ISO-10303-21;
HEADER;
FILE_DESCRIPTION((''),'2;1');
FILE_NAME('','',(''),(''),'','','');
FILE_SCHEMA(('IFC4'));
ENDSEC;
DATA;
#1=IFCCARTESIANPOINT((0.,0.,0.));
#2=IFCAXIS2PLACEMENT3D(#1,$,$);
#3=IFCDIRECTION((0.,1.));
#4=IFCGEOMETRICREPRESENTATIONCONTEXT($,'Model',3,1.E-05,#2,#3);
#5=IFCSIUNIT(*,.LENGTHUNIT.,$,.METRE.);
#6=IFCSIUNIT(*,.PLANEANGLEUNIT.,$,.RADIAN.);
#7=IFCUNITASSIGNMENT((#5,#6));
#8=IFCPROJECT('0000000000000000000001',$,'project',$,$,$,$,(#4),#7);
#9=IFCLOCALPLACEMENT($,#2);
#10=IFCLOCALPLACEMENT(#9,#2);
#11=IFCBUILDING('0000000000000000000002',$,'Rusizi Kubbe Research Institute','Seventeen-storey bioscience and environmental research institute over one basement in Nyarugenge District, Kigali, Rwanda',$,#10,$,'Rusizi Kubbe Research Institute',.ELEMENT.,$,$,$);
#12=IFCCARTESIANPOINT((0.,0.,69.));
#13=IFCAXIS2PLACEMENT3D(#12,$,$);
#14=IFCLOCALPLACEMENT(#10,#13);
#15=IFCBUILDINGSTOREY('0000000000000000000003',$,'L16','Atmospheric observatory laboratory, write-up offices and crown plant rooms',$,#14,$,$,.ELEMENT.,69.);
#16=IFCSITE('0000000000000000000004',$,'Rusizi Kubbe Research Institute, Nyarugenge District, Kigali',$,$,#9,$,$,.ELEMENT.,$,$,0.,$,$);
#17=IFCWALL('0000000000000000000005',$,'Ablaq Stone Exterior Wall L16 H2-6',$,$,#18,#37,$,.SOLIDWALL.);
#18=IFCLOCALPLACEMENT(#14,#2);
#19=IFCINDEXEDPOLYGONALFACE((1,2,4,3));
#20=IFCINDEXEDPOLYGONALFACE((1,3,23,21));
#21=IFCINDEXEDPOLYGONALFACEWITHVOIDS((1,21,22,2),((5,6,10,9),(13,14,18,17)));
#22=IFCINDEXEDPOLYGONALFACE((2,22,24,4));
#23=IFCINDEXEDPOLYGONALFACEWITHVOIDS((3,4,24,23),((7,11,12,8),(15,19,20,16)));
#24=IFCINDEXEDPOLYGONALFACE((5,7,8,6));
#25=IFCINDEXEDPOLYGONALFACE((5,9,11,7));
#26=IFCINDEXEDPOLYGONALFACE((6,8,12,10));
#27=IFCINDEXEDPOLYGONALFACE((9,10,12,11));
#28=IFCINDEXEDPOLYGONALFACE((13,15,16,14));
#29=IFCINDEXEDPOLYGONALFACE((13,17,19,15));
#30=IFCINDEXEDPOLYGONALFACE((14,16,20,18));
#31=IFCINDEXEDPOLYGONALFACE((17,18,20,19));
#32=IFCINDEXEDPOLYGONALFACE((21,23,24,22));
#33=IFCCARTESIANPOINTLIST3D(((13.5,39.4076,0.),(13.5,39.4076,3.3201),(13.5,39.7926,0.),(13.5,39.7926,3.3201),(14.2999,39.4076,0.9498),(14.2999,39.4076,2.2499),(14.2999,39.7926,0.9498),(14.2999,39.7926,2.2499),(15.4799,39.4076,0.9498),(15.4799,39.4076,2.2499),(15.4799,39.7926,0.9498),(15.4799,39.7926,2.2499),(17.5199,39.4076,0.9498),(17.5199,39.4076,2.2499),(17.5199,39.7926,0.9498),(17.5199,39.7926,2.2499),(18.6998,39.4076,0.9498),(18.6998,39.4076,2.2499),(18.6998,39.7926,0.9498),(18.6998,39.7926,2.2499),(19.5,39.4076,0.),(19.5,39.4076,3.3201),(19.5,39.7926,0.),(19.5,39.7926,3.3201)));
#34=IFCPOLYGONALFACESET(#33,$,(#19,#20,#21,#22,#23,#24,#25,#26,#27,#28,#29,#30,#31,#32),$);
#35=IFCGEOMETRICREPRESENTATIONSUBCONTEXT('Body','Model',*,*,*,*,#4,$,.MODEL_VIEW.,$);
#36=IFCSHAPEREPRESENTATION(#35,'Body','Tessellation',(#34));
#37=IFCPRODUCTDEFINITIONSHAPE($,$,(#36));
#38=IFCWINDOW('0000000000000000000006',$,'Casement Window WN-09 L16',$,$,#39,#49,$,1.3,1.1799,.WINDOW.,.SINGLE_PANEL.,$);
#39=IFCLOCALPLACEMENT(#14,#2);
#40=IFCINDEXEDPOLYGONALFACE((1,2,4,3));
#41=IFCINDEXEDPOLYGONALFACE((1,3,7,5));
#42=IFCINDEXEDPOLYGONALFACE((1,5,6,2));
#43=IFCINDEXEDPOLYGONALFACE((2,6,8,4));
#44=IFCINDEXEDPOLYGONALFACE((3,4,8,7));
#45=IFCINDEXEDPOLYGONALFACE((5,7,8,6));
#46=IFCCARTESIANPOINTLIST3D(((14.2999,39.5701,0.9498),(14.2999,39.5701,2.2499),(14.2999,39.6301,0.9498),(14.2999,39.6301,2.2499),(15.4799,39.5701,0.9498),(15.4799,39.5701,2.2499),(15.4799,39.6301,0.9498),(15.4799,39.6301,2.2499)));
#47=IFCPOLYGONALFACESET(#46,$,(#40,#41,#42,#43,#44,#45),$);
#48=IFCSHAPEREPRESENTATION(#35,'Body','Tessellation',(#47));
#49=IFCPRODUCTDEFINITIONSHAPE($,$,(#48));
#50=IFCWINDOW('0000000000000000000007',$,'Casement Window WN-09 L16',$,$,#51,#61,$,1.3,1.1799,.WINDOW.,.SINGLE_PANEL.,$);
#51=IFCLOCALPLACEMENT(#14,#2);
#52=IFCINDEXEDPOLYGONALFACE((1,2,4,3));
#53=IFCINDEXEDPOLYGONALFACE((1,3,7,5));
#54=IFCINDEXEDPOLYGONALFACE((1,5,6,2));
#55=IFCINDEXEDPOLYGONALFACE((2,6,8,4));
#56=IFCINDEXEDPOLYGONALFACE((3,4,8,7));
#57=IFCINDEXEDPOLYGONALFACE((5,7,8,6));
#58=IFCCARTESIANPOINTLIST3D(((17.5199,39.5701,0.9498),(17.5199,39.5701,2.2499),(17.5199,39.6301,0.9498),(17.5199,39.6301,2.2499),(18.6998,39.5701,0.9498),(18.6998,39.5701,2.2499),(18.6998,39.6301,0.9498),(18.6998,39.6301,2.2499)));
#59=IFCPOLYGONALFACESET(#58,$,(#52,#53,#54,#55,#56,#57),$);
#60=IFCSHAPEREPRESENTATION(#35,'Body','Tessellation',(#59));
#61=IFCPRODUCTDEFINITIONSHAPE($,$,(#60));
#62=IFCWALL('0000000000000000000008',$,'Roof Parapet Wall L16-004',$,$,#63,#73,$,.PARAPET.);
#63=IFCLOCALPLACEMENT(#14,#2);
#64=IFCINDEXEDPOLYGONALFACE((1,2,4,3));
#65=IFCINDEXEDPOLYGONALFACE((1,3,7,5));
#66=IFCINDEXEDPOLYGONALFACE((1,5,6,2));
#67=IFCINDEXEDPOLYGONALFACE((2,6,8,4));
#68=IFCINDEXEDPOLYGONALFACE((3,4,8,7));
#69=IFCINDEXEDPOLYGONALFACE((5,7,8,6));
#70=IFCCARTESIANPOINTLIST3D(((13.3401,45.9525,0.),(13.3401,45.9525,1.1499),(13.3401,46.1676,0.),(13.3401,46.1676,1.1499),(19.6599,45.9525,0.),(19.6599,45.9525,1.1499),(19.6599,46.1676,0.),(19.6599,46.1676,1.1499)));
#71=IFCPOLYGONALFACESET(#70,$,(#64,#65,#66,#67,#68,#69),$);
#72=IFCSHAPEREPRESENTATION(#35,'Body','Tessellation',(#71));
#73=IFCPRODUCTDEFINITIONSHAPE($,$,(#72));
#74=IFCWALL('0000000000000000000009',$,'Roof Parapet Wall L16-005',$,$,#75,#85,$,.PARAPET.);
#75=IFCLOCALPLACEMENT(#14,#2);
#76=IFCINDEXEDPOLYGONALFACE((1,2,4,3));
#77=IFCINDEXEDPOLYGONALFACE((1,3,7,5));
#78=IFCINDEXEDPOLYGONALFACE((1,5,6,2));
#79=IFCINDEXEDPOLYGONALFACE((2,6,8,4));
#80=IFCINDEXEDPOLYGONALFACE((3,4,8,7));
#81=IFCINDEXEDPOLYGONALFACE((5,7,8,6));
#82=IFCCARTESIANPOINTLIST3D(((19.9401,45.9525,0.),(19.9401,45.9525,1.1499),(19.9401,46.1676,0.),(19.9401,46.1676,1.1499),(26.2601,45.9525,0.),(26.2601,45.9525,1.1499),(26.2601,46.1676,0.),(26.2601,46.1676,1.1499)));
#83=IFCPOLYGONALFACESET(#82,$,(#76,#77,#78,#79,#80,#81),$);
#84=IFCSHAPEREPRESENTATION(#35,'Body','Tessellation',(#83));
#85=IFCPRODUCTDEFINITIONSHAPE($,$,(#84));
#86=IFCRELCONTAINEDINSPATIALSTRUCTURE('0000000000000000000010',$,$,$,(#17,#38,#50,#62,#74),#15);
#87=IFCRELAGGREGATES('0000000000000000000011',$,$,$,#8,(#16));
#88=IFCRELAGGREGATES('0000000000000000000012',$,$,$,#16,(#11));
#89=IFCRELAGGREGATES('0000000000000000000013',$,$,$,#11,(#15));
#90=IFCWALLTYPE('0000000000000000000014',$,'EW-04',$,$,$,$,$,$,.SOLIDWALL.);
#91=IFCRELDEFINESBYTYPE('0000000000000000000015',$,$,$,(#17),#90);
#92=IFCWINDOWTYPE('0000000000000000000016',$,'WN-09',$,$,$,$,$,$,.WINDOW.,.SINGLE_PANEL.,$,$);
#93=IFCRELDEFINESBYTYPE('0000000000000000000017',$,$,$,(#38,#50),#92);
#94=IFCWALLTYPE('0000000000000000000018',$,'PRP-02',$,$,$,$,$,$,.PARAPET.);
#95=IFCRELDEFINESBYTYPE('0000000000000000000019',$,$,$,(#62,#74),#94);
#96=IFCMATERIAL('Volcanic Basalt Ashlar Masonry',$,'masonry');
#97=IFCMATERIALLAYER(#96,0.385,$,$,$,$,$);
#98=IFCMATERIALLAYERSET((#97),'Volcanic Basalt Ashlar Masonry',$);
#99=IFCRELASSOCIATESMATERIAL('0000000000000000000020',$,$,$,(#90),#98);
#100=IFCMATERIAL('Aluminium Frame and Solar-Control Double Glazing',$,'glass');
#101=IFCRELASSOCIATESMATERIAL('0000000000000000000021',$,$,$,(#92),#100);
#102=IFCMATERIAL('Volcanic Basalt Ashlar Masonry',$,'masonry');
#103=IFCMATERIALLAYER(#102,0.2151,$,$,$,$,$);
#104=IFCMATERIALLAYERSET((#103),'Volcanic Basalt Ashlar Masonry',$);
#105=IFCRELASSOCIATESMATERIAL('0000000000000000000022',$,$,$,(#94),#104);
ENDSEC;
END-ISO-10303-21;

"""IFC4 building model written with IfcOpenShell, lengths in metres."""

from ifc_helpers import new_model, si_unit, direction, frame, frame_2d, origin, place, context, subcontext, project, spatial, rectangle, extrude, material, layer, layer_set, type_object, element, fill, save


model = new_model("IFC4")

# Units and contexts
model_context = context("Model", 3, precision=1e-05, world=origin(), true_north=direction((0.0, 1.0)))
body_context = subcontext(model_context, "Body", "Model", "MODEL_VIEW")
ifc_project = project(units=[si_unit("LENGTHUNIT", "METRE"), si_unit("PLANEANGLEUNIT", "RADIAN")], contexts=[model_context])

# Site, building, storey
site_placement = place(None, origin())
site = spatial("IfcSite", under=ifc_project, at=site_placement, Name="Rusizi Kubbe Research Institute, Nyarugenge District, Kigali", CompositionType="ELEMENT", RefElevation=0.0)
building_placement = place(site_placement, origin())
building = spatial("IfcBuilding", under=site, at=building_placement, Name="Rusizi Kubbe Research Institute", Description="Seventeen-storey bioscience and environmental research institute over one basement in Nyarugenge District, Kigali, Rwanda", LongName="Rusizi Kubbe Research Institute", CompositionType="ELEMENT")
storey_placement = place(building_placement, frame((0.0, 0.0, 69.0)))
storey = spatial("IfcBuildingStorey", under=building, at=storey_placement, Name="L16", Description="Atmospheric observatory laboratory, write-up offices and crown plant rooms", CompositionType="ELEMENT", Elevation=69.0)

# Wall, openings, windows
ifc_material_1 = material(Name="Volcanic Basalt Ashlar Masonry", Category="masonry")
ifc_layer_1 = layer(ifc_material_1, 0.385)
ifc_layer_set_1 = layer_set([ifc_layer_1], Name="Volcanic Basalt Ashlar Masonry")
wall_type_1 = type_object("IfcWallType", Name="EW-04", PredefinedType="SOLIDWALL", material=ifc_layer_set_1)
wall_1_placement = place(storey_placement, frame((13.5, 39.6001, 0.0), z_axis=(0.0, 0.0, 1.0), x_axis=(1.0, 0.0, 0.0)))
wall_1 = element("IfcWall", 1, at=wall_1_placement, inside=storey, type_object=wall_type_1, Name="Ablaq Stone Exterior Wall L16 H2-6", PredefinedType="SOLIDWALL", context=body_context, shape_type="SweptSolid", body=[
    extrude(rectangle(XDim=6.0, YDim=0.385, at=frame_2d((3.0, 0.0))), origin(), (0.0, 0.0, 1.0), 3.3201),
])
opening_1_placement = place(wall_1_placement, frame((0.8, 0.0, 0.95)))
opening_1 = element("IfcOpeningElement", 2, at=opening_1_placement, cuts=wall_1, PredefinedType="OPENING", context=body_context, shape_type="SweptSolid", body=[
    extrude(rectangle(XDim=1.1799, YDim=1.3, at=frame_2d((0.5898, 0.6499))), frame((0.0, 0.2024, 0.0), z_axis=(0.0, -1.0, 0.0), x_axis=(1.0, 0.0, 0.0)), (0.0, 0.0, 1.0), 0.405),
])
opening_2_placement = place(wall_1_placement, frame((4.02, 0.0, 0.95)))
opening_2 = element("IfcOpeningElement", 3, at=opening_2_placement, cuts=wall_1, PredefinedType="OPENING", context=body_context, shape_type="SweptSolid", body=[
    extrude(rectangle(XDim=1.1799, YDim=1.3, at=frame_2d((0.5898, 0.6499))), frame((0.0, 0.2024, 0.0), z_axis=(0.0, -1.0, 0.0), x_axis=(1.0, 0.0, 0.0)), (0.0, 0.0, 1.0), 0.405),
])
ifc_material_2 = material(Name="Aluminium Frame and Solar-Control Double Glazing", Category="glass")
window_type = type_object("IfcWindowType", Name="WN-09", PartitioningType="SINGLE_PANEL", PredefinedType="WINDOW", material=ifc_material_2)
window_1_placement = place(opening_1_placement, origin())
window_1 = element("IfcWindow", 4, at=window_1_placement, inside=storey, type_object=window_type, Name="Casement Window WN-09 L16", OverallHeight=1.3, OverallWidth=1.1799, PartitioningType="SINGLE_PANEL", PredefinedType="WINDOW", context=body_context, shape_type="SweptSolid", body=[
    extrude(rectangle(XDim=1.1799, YDim=1.3, at=frame_2d((0.5898, 0.6499))), frame((0.0, 0.03, 0.0), z_axis=(0.0, -1.0, 0.0), x_axis=(1.0, 0.0, 0.0)), (0.0, 0.0, 1.0), 0.0601),
])
fill(opening_1, window_1)
window_2_placement = place(opening_2_placement, origin())
window_2 = element("IfcWindow", 5, at=window_2_placement, inside=storey, type_object=window_type, Name="Casement Window WN-09 L16", OverallHeight=1.3, OverallWidth=1.1799, PartitioningType="SINGLE_PANEL", PredefinedType="WINDOW", context=body_context, shape_type="SweptSolid", body=[
    extrude(rectangle(XDim=1.1799, YDim=1.3, at=frame_2d((0.5898, 0.6499))), frame((0.0, 0.03, 0.0), z_axis=(0.0, -1.0, 0.0), x_axis=(1.0, 0.0, 0.0)), (0.0, 0.0, 1.0), 0.0601),
])
fill(opening_2, window_2)

# Walls
ifc_material_3 = material(Name="Volcanic Basalt Ashlar Masonry", Category="masonry")
ifc_layer_2 = layer(ifc_material_3, 0.2151)
ifc_layer_set_2 = layer_set([ifc_layer_2], Name="Volcanic Basalt Ashlar Masonry")
wall_type_2 = type_object("IfcWallType", Name="PRP-02", PredefinedType="PARAPET", material=ifc_layer_set_2)
wall_2_placement = place(storey_placement, frame((13.3401, 46.0601, 0.0), z_axis=(0.0, 0.0, 1.0), x_axis=(1.0, 0.0, 0.0)))
element("IfcWall", 6, at=wall_2_placement, inside=storey, type_object=wall_type_2, Name="Roof Parapet Wall L16-004", PredefinedType="PARAPET", context=body_context, shape_type="SweptSolid", body=[
    extrude(rectangle(XDim=6.3198, YDim=0.2151, at=frame_2d((3.1599, 0.0))), origin(), (0.0, 0.0, 1.0), 1.1499),
])
wall_3_placement = place(storey_placement, frame((19.9399, 46.0601, 0.0), z_axis=(0.0, 0.0, 1.0), x_axis=(1.0, 0.0, 0.0)))
element("IfcWall", 7, at=wall_3_placement, inside=storey, type_object=wall_type_2, Name="Roof Parapet Wall L16-005", PredefinedType="PARAPET", context=body_context, shape_type="SweptSolid", body=[
    extrude(rectangle(XDim=6.3201, YDim=0.2151, at=frame_2d((3.1602, 0.0))), origin(), (0.0, 0.0, 1.0), 1.1499),
])

save(model, "model.ifc")
